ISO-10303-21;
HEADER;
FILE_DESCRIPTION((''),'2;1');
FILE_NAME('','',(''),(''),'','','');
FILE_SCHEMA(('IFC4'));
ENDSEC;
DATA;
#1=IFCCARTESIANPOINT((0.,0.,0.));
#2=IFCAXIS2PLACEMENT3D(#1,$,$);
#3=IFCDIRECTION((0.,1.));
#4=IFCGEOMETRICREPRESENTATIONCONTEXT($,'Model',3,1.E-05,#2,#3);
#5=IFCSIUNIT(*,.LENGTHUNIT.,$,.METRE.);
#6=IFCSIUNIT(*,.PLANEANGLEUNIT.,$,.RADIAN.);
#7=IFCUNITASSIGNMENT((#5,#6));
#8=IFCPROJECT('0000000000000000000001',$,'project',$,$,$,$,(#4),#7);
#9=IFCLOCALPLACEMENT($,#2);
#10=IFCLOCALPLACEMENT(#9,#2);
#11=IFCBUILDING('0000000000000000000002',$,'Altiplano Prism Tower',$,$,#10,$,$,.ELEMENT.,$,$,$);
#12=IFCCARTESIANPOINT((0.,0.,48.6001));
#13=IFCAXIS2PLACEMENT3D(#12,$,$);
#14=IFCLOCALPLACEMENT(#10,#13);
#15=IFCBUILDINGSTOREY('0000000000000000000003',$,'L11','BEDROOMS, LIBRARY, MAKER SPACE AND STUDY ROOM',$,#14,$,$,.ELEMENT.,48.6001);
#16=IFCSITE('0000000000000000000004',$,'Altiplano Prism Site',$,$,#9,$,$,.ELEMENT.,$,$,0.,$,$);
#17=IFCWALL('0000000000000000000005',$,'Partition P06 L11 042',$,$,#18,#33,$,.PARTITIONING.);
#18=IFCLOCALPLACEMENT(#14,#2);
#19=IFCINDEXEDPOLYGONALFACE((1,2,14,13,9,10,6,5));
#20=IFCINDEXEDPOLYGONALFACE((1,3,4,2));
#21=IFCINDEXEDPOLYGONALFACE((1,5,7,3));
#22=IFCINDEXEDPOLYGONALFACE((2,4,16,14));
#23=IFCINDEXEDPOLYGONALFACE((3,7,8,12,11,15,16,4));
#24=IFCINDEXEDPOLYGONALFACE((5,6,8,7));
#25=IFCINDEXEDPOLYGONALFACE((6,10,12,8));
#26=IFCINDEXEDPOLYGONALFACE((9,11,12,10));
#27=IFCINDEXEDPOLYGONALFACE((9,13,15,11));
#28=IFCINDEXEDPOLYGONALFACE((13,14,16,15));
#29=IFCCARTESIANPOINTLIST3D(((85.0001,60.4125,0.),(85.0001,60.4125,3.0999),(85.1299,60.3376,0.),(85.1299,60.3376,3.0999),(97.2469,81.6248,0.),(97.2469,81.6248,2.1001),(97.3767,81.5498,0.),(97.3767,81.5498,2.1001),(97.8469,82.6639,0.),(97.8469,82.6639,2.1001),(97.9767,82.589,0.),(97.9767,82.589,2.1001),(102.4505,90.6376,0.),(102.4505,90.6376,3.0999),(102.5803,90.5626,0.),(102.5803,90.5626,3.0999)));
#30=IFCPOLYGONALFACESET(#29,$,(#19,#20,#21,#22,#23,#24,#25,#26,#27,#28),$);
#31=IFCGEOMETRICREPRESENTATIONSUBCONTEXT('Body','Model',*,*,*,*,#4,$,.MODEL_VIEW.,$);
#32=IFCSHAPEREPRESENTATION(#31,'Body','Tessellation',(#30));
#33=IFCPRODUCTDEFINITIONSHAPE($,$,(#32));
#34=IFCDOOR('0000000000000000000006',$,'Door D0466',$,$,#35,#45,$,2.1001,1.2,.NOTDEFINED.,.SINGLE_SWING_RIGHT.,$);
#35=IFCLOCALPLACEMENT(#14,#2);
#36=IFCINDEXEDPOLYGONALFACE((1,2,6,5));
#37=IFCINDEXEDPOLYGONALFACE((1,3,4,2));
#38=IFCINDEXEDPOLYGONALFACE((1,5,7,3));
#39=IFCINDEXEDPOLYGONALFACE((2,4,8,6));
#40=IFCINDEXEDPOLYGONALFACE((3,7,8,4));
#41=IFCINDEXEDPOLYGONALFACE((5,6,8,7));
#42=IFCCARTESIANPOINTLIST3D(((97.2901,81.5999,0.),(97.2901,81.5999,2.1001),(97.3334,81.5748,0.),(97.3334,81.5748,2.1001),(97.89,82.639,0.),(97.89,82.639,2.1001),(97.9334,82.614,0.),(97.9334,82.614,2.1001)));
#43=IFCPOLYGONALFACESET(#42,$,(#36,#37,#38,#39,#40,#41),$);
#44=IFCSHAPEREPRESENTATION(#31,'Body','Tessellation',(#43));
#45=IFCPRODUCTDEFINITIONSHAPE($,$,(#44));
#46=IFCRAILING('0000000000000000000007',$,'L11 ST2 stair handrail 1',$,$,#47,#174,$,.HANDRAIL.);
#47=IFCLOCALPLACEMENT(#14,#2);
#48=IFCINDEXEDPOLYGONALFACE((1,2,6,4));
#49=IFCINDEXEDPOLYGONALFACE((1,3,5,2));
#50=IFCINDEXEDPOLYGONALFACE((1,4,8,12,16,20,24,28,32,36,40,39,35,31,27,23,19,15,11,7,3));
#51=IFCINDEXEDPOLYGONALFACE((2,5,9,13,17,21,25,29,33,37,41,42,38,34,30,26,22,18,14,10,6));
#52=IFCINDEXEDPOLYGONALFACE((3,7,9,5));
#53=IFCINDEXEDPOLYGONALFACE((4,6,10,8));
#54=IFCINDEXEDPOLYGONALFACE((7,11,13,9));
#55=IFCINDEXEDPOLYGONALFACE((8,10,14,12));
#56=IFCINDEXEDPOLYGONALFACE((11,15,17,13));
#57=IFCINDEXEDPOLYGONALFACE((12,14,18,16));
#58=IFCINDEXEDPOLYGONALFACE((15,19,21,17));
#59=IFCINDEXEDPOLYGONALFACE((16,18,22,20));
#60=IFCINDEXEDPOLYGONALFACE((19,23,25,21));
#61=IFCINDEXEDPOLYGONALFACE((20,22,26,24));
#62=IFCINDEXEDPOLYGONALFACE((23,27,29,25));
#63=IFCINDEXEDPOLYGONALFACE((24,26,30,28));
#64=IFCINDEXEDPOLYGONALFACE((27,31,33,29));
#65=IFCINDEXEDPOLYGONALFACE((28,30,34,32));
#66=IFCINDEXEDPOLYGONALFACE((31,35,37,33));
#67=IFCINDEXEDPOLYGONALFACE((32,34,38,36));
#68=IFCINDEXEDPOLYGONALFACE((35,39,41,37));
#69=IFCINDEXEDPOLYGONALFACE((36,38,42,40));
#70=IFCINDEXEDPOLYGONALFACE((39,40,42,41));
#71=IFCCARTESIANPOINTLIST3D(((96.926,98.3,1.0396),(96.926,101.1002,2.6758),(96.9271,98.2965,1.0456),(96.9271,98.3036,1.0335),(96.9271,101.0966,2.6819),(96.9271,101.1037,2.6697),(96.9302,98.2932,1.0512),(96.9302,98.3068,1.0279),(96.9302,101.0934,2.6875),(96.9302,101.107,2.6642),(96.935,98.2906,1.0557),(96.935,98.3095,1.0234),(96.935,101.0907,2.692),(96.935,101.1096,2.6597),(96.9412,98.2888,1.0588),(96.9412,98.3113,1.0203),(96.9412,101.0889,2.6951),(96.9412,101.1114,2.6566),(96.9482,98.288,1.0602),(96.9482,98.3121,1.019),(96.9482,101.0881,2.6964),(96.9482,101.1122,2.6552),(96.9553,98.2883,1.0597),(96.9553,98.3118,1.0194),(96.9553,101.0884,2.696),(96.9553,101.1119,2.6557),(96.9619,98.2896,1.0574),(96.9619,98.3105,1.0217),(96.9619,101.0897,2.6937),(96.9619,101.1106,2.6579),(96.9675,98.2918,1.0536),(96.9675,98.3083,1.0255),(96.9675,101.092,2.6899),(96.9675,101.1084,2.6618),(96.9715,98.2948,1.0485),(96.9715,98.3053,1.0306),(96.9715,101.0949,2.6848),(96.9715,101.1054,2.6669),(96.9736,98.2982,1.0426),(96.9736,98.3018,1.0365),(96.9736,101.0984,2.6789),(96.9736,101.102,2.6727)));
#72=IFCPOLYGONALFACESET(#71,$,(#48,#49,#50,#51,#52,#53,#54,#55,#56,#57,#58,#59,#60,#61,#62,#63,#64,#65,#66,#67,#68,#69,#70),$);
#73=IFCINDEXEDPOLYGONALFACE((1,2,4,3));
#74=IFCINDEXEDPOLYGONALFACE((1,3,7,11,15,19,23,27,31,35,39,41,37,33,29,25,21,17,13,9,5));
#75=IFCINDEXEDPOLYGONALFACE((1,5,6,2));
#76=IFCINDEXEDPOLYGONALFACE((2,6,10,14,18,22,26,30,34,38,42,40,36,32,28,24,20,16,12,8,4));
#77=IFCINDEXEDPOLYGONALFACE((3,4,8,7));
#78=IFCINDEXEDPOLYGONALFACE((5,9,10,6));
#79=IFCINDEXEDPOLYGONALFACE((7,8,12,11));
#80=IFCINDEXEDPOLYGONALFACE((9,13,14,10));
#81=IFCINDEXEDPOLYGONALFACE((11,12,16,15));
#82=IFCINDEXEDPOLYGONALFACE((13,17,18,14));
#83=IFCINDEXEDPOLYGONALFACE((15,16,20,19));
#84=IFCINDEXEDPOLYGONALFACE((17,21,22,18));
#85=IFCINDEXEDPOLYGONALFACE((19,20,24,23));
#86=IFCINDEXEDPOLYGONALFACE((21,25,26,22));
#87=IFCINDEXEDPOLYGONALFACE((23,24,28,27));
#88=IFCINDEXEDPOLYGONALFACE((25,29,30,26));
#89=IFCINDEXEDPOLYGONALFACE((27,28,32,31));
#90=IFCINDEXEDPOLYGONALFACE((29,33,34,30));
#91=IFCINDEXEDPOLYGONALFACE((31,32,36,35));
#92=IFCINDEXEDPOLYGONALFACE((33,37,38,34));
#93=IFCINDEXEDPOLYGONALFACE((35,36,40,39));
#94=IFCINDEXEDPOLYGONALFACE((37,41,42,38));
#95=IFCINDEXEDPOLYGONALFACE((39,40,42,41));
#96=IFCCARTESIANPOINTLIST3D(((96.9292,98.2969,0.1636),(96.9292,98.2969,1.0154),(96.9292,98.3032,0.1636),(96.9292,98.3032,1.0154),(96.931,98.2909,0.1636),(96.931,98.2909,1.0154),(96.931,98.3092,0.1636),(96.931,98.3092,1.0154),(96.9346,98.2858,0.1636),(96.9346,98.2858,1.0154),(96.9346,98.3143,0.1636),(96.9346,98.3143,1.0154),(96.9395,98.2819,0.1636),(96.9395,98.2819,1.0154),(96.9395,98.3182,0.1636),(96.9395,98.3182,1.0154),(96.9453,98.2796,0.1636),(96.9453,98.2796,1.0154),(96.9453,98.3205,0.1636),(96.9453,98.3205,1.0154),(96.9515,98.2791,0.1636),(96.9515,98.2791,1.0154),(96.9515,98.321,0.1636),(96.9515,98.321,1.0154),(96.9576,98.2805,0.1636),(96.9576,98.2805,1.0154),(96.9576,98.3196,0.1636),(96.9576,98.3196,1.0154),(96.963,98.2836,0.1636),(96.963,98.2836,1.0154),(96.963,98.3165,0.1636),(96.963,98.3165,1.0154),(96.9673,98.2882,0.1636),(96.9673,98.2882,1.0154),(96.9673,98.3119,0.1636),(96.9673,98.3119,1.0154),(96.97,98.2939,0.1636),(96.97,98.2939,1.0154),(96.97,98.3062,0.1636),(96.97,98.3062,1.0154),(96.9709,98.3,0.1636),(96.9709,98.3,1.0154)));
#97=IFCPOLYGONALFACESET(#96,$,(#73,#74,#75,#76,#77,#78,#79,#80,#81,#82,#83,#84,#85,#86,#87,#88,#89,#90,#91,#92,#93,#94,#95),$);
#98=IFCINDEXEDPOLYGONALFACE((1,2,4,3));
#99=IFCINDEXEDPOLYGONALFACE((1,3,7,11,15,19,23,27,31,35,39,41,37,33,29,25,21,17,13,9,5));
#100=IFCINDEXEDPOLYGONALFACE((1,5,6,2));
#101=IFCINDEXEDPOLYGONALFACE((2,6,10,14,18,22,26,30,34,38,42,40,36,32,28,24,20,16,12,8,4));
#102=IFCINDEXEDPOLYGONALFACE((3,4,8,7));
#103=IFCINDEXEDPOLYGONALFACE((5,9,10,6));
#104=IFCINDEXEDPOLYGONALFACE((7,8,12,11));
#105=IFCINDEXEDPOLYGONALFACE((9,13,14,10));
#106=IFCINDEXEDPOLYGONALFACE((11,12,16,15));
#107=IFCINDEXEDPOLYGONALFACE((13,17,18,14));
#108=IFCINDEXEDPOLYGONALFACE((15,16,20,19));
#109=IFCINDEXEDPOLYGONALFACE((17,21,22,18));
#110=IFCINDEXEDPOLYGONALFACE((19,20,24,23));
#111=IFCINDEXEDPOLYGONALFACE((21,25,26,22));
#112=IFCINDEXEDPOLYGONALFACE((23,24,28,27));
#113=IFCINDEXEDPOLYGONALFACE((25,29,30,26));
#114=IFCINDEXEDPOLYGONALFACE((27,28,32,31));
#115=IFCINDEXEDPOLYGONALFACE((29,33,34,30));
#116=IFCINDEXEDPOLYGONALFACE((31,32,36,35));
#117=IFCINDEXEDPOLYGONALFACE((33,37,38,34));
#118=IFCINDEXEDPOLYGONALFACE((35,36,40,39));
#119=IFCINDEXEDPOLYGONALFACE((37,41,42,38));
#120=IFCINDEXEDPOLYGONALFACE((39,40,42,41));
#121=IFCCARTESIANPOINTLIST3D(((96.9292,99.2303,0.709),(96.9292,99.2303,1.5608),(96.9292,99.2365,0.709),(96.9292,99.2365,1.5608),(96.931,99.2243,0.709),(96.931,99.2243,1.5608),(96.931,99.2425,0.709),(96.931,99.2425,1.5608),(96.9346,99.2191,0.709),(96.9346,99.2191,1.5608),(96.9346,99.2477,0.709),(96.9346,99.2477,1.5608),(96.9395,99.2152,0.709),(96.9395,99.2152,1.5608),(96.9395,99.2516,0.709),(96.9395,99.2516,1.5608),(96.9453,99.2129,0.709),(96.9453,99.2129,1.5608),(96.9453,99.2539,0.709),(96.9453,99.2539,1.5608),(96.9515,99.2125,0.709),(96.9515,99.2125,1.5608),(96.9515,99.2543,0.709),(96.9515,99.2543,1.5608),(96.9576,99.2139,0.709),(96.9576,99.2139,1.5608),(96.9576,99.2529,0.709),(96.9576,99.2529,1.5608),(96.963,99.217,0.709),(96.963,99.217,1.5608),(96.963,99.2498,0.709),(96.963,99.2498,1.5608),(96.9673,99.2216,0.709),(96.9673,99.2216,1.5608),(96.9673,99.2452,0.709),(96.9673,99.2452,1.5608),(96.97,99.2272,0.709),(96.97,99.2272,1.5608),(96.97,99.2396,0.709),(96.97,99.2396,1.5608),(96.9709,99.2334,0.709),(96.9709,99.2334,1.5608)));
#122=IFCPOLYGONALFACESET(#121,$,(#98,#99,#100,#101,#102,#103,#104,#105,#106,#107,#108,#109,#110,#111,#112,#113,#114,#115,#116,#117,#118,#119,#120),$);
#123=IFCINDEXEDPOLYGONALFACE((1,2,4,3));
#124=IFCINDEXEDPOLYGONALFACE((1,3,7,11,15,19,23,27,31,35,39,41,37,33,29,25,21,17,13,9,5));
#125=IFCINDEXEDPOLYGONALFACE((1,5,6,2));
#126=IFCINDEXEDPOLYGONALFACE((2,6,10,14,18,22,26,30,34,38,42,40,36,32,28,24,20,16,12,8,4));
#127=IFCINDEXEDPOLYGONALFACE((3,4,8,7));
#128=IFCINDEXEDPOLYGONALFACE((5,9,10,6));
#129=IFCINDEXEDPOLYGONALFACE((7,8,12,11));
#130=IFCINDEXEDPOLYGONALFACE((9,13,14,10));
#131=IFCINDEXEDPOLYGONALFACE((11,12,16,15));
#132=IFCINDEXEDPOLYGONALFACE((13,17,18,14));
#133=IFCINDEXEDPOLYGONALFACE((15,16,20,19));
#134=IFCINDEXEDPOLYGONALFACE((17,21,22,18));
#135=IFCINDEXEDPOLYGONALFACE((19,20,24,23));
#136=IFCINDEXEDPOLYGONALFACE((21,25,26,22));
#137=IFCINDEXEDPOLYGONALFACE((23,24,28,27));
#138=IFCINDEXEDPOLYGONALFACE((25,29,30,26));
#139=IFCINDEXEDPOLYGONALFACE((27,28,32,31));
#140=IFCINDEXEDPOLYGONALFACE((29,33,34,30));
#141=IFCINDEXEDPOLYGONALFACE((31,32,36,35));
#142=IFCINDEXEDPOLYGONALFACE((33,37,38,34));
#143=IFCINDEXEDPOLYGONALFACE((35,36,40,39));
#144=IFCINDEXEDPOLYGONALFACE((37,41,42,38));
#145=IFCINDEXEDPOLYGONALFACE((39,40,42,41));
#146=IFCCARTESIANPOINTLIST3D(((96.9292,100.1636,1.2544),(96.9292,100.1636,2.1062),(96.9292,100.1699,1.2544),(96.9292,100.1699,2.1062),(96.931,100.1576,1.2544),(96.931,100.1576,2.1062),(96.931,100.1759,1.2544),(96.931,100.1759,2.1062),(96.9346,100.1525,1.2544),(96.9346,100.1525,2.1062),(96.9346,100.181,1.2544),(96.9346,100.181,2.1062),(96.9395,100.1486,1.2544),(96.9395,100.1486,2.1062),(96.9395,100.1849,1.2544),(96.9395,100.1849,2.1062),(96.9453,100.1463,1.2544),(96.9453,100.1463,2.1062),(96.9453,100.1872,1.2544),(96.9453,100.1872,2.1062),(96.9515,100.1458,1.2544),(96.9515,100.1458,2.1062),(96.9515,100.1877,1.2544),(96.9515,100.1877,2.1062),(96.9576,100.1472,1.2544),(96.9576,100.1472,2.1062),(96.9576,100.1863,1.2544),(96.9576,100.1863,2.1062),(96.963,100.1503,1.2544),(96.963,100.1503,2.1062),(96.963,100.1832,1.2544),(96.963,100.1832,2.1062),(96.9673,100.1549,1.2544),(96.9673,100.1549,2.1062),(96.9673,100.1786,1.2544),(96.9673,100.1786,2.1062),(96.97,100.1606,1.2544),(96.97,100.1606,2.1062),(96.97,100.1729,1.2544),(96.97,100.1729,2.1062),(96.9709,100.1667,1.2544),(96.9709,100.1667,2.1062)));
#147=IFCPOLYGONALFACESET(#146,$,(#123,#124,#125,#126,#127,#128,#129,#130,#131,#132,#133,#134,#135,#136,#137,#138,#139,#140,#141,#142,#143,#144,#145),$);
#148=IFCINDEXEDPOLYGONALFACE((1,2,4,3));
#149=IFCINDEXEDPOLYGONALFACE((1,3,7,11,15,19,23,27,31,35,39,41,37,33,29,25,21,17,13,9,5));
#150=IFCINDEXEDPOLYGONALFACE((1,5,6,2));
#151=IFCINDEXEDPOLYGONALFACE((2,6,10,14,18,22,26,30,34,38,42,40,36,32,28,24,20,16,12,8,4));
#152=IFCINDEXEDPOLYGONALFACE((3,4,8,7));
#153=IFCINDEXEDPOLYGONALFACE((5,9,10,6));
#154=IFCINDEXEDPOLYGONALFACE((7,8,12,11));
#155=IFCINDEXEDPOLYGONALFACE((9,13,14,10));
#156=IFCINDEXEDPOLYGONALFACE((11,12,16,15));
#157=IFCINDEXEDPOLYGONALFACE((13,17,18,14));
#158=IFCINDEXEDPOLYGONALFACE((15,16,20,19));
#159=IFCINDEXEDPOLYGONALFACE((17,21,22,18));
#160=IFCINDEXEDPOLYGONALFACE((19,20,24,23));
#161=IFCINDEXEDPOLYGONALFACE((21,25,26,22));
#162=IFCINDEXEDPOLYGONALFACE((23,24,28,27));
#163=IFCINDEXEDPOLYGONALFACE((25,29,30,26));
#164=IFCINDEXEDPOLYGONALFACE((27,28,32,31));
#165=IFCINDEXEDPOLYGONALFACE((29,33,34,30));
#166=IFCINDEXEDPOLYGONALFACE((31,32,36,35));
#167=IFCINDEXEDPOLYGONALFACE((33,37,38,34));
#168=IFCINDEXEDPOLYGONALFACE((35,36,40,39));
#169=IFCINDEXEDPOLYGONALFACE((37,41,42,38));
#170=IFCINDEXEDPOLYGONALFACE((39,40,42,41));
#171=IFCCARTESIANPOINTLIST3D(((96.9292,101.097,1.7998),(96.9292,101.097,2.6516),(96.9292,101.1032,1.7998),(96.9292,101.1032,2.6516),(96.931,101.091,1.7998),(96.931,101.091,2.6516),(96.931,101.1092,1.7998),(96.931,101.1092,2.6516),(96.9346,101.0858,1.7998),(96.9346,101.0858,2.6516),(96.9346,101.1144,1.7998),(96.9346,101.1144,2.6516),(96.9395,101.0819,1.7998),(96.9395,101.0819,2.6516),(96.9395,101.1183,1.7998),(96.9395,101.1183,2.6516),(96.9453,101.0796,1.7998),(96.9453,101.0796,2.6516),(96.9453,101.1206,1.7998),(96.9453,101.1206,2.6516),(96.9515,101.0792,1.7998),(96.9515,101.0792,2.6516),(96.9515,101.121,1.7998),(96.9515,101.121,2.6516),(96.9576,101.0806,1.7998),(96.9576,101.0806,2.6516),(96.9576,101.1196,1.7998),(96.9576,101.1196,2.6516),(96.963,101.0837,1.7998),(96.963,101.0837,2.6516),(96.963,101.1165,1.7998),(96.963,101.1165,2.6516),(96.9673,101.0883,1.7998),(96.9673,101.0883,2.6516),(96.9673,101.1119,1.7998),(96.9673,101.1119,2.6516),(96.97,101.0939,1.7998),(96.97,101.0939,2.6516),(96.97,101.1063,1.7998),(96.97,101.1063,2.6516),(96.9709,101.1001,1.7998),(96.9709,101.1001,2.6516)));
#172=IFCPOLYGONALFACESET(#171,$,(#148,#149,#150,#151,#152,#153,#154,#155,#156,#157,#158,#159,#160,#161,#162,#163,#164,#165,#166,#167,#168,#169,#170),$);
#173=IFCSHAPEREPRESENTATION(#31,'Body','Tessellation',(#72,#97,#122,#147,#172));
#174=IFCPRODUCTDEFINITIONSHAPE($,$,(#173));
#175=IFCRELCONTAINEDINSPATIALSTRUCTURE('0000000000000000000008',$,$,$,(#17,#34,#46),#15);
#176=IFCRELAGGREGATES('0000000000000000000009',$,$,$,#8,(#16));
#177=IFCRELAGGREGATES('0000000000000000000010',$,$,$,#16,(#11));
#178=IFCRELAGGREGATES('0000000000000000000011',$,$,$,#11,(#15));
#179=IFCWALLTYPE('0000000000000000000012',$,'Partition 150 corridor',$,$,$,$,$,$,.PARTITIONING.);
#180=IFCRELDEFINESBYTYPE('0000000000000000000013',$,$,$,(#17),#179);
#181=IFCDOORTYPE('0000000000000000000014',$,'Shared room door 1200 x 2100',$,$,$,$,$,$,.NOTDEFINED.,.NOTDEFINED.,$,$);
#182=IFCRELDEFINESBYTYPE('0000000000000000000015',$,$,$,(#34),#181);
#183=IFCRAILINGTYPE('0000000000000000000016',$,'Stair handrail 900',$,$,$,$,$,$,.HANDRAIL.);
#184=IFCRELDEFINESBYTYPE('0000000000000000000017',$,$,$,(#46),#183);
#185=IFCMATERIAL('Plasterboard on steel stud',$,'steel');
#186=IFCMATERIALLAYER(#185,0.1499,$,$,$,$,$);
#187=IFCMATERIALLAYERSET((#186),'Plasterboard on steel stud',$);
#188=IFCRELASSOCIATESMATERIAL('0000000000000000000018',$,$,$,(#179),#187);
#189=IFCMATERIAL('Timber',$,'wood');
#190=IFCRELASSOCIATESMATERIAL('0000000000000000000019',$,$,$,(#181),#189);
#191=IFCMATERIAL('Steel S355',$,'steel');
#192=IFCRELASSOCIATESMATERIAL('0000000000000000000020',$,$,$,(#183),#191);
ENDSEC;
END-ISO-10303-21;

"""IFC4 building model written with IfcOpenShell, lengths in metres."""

from ifc_helpers import new_model, si_unit, direction, frame, frame_2d, origin, origin_2d, place, context, subcontext, project, spatial, rectangle, circle, extrude, material, layer, layer_set, type_object, element, fill, save


model = new_model("IFC4")

# Units and contexts
model_context = context("Model", 3, precision=1e-05, world=origin(), true_north=direction((0.0, 1.0)))
body_context = subcontext(model_context, "Body", "Model", "MODEL_VIEW")
ifc_project = project(units=[si_unit("LENGTHUNIT", "METRE"), si_unit("PLANEANGLEUNIT", "RADIAN")], contexts=[model_context])

# Site, building, storey
site_placement = place(None, origin())
site = spatial("IfcSite", under=ifc_project, at=site_placement, Name="Altiplano Prism Site", CompositionType="ELEMENT", RefElevation=0.0)
building_placement = place(site_placement, origin())
building = spatial("IfcBuilding", under=site, at=building_placement, Name="Altiplano Prism Tower", CompositionType="ELEMENT")
storey_placement = place(building_placement, frame((0.0, 0.0, 48.6001)))
storey = spatial("IfcBuildingStorey", under=building, at=storey_placement, Name="L11", Description="BEDROOMS, LIBRARY, MAKER SPACE AND STUDY ROOM", CompositionType="ELEMENT", Elevation=48.6001)

# Shared definitions
ifc_material_1 = material(Name="Plasterboard on steel stud", Category="steel")

# Shared definitions
ifc_material_2 = material(Name="Timber", Category="wood")

# Shared definitions
ifc_layer_1 = layer(ifc_material_1, 0.1499)
ifc_layer_set_1 = layer_set([ifc_layer_1], Name="Plasterboard on steel stud")
wall_type_1 = type_object("IfcWallType", Name="Partition 150 corridor", PredefinedType="PARTITIONING", material=ifc_layer_set_1)

# Shared definitions
door_type_1 = type_object("IfcDoorType", Name="Shared room door 1200 x 2100", OperationType="NOTDEFINED", PredefinedType="NOTDEFINED", material=ifc_material_2)

# Wall, opening, door
wall_1_placement = place(storey_placement, frame((102.5154, 90.6001, 0.0), z_axis=(0.0, 0.0, 1.0), x_axis=(-0.499999, -0.866026, 0.0)))
wall_1 = element("IfcWall", 1, at=wall_1_placement, inside=storey, type_object=wall_type_1, Name="Partition P06 L11 042", PredefinedType="PARTITIONING", context=body_context, shape_type="SweptSolid", body=[
    extrude(rectangle(XDim=34.9009, YDim=0.1499, at=frame_2d((17.4504, 0.0))), origin(), (0.0, 0.0, 1.0), 3.0999),
])
opening_1_placement = place(wall_1_placement, frame((9.207, 0.0, 0.0)))
opening_1 = element("IfcOpeningElement", 2, at=opening_1_placement, cuts=wall_1, PredefinedType="OPENING", context=body_context, shape_type="SweptSolid", body=[
    extrude(rectangle(XDim=1.2, YDim=2.1001, at=frame_2d((0.6001, 1.05))), frame((0.0, 0.0854, 0.0), z_axis=(0.0, -1.0, 0.0), x_axis=(1.0, 0.0, 0.0)), (0.0, 0.0, 1.0), 0.1709),
])
door_1_placement = place(opening_1_placement, origin())
door_1 = element("IfcDoor", 3, at=door_1_placement, inside=storey, type_object=door_type_1, Name="Door D0466", OperationType="SINGLE_SWING_RIGHT", OverallHeight=2.1001, OverallWidth=1.2, PredefinedType="NOTDEFINED", context=body_context, shape_type="SweptSolid", body=[
    extrude(rectangle(XDim=1.2, YDim=2.1001, at=frame_2d((0.6001, 1.05))), frame((0.0, 0.0249, 0.0), z_axis=(0.0, -1.0, 0.0), x_axis=(1.0, 0.0, 0.0)), (0.0, 0.0, 1.0), 0.05),
])
fill(opening_1, door_1)

# Railing
ifc_material_3 = material(Name="Steel S355", Category="steel")
railing_type = type_object("IfcRailingType", Name="Stair handrail 900", PredefinedType="HANDRAIL", material=ifc_material_3)
railing_placement = place(storey_placement, frame((96.95, 98.3, 0.1636)))
element("IfcRailing", 4, at=railing_placement, inside=storey, type_object=railing_type, Name="L11 ST2 stair handrail 1", PredefinedType="HANDRAIL", context=body_context, shape_type="SweptSolid", body=[
    extrude(circle(Radius=0.0239, at=origin_2d()), frame((0.0, 0.0, 0.876), z_axis=(0.0, 0.863394, 0.504531), x_axis=(-1.0, 0.0, 0.0)), (0.0, 0.0, 1.0), 3.2432),
    extrude(circle(Radius=0.021, at=origin_2d()), origin(), (0.0, 0.0, 1.0), 0.8518),
    extrude(circle(Radius=0.021, at=origin_2d()), frame((0.0, 0.9333, 0.5454)), (0.0, 0.0, 1.0), 0.8518),
    extrude(circle(Radius=0.021, at=origin_2d()), frame((0.0, 1.8667, 1.0908)), (0.0, 0.0, 1.0), 0.8518),
    extrude(circle(Radius=0.021, at=origin_2d()), frame((0.0, 2.8, 1.6362)), (0.0, 0.0, 1.0), 0.8518),
])

save(model, "model.ifc")
